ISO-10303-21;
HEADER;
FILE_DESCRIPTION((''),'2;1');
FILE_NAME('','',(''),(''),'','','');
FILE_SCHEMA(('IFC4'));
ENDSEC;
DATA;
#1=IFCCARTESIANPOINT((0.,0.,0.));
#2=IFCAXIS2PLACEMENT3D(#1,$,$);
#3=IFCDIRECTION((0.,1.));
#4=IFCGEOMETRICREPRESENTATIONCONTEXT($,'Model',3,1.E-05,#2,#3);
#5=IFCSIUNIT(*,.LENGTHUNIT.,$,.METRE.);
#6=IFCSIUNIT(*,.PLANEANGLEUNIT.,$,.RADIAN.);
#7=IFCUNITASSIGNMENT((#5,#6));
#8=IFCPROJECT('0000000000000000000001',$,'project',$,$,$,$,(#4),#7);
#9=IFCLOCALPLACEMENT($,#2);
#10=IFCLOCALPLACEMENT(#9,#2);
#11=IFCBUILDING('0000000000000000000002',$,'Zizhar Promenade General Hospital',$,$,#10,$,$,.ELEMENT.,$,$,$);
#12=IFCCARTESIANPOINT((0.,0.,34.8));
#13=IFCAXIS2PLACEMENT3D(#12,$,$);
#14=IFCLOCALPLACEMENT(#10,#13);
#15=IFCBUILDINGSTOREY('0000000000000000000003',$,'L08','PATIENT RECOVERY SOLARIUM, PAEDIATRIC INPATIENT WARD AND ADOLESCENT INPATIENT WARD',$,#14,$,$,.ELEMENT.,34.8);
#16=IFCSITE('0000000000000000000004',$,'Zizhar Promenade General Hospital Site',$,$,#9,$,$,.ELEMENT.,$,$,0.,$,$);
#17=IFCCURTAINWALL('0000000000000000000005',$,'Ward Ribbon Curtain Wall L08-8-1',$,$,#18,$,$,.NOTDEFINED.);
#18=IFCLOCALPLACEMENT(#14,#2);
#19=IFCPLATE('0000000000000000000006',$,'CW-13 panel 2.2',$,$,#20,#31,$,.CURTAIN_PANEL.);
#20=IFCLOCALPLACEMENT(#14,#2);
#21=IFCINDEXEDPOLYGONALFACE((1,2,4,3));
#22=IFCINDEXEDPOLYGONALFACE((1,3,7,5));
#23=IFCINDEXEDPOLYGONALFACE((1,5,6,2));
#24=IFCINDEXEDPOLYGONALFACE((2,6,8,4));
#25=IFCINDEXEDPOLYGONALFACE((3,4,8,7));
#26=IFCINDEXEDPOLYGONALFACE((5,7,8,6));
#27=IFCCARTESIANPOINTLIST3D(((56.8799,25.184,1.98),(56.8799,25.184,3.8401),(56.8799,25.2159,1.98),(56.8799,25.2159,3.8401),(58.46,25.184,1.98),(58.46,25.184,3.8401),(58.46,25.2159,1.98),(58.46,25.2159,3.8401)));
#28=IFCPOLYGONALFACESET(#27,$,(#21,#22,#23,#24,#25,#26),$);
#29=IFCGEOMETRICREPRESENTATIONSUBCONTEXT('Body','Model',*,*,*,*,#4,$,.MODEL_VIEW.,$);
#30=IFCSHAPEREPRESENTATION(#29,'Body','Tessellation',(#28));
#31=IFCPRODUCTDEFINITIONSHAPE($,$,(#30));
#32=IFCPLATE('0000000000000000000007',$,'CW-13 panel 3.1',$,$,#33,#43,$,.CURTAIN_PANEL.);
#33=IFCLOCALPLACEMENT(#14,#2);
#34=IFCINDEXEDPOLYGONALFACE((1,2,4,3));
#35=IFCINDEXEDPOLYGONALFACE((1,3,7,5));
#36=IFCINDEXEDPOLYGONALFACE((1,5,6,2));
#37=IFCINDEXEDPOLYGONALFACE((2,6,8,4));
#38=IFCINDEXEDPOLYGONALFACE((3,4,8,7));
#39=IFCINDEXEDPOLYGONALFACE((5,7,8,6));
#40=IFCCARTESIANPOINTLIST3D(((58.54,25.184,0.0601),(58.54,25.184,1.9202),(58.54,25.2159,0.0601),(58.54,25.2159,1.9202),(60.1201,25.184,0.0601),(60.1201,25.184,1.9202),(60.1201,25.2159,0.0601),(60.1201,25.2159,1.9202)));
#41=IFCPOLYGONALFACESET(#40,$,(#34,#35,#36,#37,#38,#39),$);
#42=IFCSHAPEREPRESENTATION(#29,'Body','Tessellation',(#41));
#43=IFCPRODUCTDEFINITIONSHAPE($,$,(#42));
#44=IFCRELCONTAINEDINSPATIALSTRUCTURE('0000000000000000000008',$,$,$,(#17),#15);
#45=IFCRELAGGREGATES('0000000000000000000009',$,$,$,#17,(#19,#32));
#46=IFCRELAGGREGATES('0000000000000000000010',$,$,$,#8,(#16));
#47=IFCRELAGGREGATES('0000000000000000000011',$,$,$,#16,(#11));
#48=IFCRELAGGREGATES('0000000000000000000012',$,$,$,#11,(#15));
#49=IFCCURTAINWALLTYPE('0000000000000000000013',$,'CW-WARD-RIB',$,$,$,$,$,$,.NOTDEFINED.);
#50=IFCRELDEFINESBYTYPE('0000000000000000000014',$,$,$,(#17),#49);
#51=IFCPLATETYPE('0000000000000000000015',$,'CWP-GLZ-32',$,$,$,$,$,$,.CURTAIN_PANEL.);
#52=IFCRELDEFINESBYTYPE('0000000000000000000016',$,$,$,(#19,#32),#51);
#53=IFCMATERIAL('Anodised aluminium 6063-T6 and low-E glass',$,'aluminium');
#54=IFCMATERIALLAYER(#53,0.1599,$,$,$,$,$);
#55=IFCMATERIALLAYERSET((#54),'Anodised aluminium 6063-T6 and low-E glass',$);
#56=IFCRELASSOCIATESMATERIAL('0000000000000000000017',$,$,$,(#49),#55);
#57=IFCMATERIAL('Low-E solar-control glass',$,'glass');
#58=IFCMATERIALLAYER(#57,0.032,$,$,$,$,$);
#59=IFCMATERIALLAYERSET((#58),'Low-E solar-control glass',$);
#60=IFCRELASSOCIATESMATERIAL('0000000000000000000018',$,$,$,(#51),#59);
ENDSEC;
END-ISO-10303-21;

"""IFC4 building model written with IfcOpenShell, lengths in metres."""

from ifc_helpers import new_model, si_unit, direction, frame, origin, origin_2d, place, context, subcontext, project, spatial, rectangle, extrude, material, layer, layer_set, type_object, element, aggregate, save


model = new_model("IFC4")

# Units and contexts
model_context = context("Model", 3, precision=1e-05, world=origin(), true_north=direction((0.0, 1.0)))
body_context = subcontext(model_context, "Body", "Model", "MODEL_VIEW")
ifc_project = project(units=[si_unit("LENGTHUNIT", "METRE"), si_unit("PLANEANGLEUNIT", "RADIAN")], contexts=[model_context])

# Site, building, storey
site_placement = place(None, origin())
site = spatial("IfcSite", under=ifc_project, at=site_placement, Name="Zizhar Promenade General Hospital Site", CompositionType="ELEMENT", RefElevation=0.0)
building_placement = place(site_placement, origin())
building = spatial("IfcBuilding", under=site, at=building_placement, Name="Zizhar Promenade General Hospital", CompositionType="ELEMENT")
storey_placement = place(building_placement, frame((0.0, 0.0, 34.8)))
storey = spatial("IfcBuildingStorey", under=building, at=storey_placement, Name="L08", Description="PATIENT RECOVERY SOLARIUM, PAEDIATRIC INPATIENT WARD AND ADOLESCENT INPATIENT WARD", CompositionType="ELEMENT", Elevation=34.8)

# Shared definitions
ifc_material_1 = material(Name="Anodised aluminium 6063-T6 and low-E glass", Category="aluminium")
ifc_layer_1 = layer(ifc_material_1, 0.1599)
ifc_layer_set_1 = layer_set([ifc_layer_1], Name="Anodised aluminium 6063-T6 and low-E glass")
curtain_wall_type = type_object("IfcCurtainWallType", Name="CW-WARD-RIB", PredefinedType="NOTDEFINED", material=ifc_layer_set_1)

# Curtain wall
curtain_wall_1_placement = place(storey_placement, origin())
curtain_wall_1 = element("IfcCurtainWall", 1, at=curtain_wall_1_placement, inside=storey, type_object=curtain_wall_type, Name="Ward Ribbon Curtain Wall L08-8-1", PredefinedType="NOTDEFINED")

# Plates
ifc_material_2 = material(Name="Low-E solar-control glass", Category="glass")
ifc_layer_2 = layer(ifc_material_2, 0.032)
ifc_layer_set_2 = layer_set([ifc_layer_2], Name="Low-E solar-control glass")
plate_type = type_object("IfcPlateType", Name="CWP-GLZ-32", PredefinedType="CURTAIN_PANEL", material=ifc_layer_set_2)
plate_1_placement = place(storey_placement, frame((57.6699, 25.2, 1.98), z_axis=(0.0, 0.0, 1.0), x_axis=(1.0, 0.0, 0.0)))
plate_1 = element("IfcPlate", 2, at=plate_1_placement, type_object=plate_type, Name="CW-13 panel 2.2", PredefinedType="CURTAIN_PANEL", context=body_context, shape_type="SweptSolid", body=[
    extrude(rectangle(XDim=1.5801, YDim=0.032, at=origin_2d()), origin(), (0.0, 0.0, 1.0), 1.8601),
])
plate_2_placement = place(storey_placement, frame((59.3301, 25.2, 0.0601), z_axis=(0.0, 0.0, 1.0), x_axis=(1.0, 0.0, 0.0)))
plate_2 = element("IfcPlate", 3, at=plate_2_placement, type_object=plate_type, Name="CW-13 panel 3.1", PredefinedType="CURTAIN_PANEL", context=body_context, shape_type="SweptSolid", body=[
    extrude(rectangle(XDim=1.5801, YDim=0.032, at=origin_2d()), origin(), (0.0, 0.0, 1.0), 1.8601),
])
aggregate(curtain_wall_1, [plate_1, plate_2])

save(model, "model.ifc")
